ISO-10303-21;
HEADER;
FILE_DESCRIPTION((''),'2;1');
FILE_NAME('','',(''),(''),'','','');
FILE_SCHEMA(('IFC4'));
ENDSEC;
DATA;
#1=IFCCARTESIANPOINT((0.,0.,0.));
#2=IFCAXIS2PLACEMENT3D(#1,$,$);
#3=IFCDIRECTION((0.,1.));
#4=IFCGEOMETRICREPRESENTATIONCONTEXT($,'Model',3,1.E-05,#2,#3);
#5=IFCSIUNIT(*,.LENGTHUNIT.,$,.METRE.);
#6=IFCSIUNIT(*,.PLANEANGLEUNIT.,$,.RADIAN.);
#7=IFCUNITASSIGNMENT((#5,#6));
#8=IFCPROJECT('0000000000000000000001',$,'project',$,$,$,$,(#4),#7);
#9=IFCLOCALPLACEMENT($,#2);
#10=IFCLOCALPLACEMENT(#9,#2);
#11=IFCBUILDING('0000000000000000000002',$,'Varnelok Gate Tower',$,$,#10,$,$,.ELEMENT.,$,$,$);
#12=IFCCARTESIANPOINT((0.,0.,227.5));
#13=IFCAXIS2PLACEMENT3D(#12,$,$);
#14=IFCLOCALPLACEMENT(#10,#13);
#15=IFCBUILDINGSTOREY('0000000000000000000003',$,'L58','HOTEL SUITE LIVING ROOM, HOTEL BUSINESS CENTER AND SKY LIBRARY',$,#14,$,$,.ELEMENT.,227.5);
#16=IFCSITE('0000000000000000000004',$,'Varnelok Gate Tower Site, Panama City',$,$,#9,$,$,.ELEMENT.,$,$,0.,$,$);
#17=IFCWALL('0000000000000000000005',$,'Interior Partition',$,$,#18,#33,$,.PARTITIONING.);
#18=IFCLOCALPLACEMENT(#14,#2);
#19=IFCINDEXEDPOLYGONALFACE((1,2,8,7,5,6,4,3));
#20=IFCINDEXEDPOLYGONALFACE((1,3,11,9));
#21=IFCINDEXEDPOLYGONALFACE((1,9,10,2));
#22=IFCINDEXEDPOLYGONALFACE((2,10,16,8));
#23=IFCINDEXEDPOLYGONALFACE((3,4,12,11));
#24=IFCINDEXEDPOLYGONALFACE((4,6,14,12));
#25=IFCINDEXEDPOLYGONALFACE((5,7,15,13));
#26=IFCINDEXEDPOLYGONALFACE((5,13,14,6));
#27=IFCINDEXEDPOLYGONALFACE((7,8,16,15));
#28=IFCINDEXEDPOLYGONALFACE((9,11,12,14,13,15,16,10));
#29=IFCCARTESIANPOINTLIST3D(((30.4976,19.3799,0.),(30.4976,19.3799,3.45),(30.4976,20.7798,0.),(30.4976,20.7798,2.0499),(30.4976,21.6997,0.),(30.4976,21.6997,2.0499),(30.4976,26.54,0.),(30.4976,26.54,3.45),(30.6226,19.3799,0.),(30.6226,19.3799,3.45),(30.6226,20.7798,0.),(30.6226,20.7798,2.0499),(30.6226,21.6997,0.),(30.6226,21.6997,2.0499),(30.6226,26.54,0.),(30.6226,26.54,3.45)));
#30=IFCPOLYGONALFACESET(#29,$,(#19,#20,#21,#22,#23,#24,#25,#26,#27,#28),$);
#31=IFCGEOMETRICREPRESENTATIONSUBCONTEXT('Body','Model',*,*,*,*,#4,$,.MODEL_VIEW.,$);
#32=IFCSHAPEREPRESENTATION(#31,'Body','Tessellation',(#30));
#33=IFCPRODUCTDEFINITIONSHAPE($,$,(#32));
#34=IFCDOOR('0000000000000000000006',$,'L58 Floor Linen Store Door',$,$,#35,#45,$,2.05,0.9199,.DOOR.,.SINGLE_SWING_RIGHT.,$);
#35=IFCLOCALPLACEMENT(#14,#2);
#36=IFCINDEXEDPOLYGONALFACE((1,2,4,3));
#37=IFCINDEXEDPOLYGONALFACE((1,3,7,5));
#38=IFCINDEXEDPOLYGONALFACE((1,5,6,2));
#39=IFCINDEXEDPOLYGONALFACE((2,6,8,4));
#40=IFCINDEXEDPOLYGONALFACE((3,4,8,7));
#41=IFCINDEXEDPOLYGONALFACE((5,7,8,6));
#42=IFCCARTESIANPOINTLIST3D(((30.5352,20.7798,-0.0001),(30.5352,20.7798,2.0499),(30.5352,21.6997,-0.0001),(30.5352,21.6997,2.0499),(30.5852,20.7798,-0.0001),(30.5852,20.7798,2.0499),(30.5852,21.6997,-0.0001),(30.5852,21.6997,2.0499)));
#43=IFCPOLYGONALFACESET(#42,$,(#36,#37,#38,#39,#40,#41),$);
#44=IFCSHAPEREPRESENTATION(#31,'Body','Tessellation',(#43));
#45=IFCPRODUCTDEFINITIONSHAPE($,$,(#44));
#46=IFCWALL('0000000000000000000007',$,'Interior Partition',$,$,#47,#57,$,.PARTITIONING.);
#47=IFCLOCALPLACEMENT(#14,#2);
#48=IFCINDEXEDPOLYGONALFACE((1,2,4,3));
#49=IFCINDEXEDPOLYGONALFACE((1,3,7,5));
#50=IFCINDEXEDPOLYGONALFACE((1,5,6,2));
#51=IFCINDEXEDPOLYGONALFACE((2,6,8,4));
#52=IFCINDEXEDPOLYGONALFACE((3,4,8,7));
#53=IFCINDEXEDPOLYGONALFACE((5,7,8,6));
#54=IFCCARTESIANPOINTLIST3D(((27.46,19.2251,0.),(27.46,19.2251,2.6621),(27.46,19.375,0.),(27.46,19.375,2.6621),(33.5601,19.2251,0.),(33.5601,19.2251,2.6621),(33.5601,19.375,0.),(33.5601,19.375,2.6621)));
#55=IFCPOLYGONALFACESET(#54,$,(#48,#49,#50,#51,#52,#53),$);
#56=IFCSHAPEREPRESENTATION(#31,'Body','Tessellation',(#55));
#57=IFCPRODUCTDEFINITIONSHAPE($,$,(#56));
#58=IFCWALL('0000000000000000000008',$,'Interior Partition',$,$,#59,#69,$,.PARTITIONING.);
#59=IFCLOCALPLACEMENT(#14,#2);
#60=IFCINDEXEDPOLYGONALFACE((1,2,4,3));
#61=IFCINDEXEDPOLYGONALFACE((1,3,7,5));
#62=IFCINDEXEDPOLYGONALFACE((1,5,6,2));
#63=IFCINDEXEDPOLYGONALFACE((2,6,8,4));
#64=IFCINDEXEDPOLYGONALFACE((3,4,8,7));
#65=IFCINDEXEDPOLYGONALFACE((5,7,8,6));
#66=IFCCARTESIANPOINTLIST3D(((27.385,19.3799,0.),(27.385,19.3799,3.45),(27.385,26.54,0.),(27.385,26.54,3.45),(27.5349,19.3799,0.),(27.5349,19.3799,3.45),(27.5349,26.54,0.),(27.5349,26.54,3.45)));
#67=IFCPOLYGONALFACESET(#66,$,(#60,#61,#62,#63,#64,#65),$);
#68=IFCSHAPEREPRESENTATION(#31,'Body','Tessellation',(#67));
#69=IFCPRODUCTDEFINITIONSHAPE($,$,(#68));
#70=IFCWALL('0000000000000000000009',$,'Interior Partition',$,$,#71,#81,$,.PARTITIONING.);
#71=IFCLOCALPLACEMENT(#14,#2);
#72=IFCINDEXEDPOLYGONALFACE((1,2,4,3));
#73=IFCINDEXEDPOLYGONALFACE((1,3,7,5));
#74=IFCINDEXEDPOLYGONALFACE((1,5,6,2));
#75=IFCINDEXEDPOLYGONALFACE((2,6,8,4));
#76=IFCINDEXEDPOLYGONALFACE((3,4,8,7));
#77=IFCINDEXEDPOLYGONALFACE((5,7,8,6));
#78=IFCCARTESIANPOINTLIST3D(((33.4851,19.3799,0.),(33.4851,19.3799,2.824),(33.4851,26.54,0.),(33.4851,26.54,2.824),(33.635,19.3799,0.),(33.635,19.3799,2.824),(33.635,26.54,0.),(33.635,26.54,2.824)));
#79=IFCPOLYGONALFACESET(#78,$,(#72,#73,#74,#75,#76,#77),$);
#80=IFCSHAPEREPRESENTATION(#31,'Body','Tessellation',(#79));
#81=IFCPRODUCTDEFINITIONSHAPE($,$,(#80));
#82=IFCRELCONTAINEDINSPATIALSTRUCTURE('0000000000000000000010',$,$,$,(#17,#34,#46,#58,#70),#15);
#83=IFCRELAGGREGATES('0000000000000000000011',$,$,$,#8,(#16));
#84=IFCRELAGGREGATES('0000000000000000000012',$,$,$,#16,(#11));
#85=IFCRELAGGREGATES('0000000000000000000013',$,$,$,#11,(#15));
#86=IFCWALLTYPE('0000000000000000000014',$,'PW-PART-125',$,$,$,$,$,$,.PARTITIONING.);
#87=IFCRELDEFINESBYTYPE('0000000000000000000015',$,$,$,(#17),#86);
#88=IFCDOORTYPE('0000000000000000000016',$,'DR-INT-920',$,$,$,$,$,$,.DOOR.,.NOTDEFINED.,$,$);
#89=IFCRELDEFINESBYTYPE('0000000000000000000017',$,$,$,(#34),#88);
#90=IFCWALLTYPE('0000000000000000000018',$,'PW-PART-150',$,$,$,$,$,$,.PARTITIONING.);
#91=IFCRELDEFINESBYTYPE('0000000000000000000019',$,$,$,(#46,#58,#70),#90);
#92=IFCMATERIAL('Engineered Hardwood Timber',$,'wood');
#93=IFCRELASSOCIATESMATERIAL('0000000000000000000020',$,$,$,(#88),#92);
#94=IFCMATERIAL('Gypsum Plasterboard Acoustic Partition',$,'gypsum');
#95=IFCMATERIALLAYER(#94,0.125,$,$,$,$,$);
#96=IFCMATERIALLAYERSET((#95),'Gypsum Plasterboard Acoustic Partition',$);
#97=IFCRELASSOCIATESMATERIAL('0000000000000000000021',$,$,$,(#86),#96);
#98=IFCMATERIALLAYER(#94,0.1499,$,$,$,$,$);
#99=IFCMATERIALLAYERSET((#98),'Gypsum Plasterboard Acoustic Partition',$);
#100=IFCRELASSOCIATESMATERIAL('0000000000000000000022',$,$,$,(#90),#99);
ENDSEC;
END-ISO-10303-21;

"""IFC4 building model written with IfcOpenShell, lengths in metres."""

from ifc_helpers import new_model, si_unit, direction, frame, frame_2d, origin, place, context, subcontext, project, spatial, rectangle, extrude, material, layer, layer_set, type_object, element, fill, save


model = new_model("IFC4")

# Units and contexts
model_context = context("Model", 3, precision=1e-05, world=origin(), true_north=direction((0.0, 1.0)))
body_context = subcontext(model_context, "Body", "Model", "MODEL_VIEW")
ifc_project = project(units=[si_unit("LENGTHUNIT", "METRE"), si_unit("PLANEANGLEUNIT", "RADIAN")], contexts=[model_context])

# Site, building, storey
site_placement = place(None, origin())
site = spatial("IfcSite", under=ifc_project, at=site_placement, Name="Varnelok Gate Tower Site, Panama City", CompositionType="ELEMENT", RefElevation=0.0)
building_placement = place(site_placement, origin())
building = spatial("IfcBuilding", under=site, at=building_placement, Name="Varnelok Gate Tower", CompositionType="ELEMENT")
storey_placement = place(building_placement, frame((0.0, 0.0, 227.5)))
storey = spatial("IfcBuildingStorey", under=building, at=storey_placement, Name="L58", Description="HOTEL SUITE LIVING ROOM, HOTEL BUSINESS CENTER AND SKY LIBRARY", CompositionType="ELEMENT", Elevation=227.5)

# Shared definitions
ifc_material_1 = material(Name="Gypsum Plasterboard Acoustic Partition", Category="gypsum")
ifc_material_2 = material(Name="Engineered Hardwood Timber", Category="wood")
door_type_1 = type_object("IfcDoorType", Name="DR-INT-920", OperationType="NOTDEFINED", PredefinedType="DOOR", material=ifc_material_2)

# Shared definitions
ifc_layer_1 = layer(ifc_material_1, 0.125)
ifc_layer_set_1 = layer_set([ifc_layer_1], Name="Gypsum Plasterboard Acoustic Partition")
wall_type_1 = type_object("IfcWallType", Name="PW-PART-125", PredefinedType="PARTITIONING", material=ifc_layer_set_1)

# Wall, opening, door
wall_1_placement = place(storey_placement, frame((30.5601, 19.3799, 0.0), z_axis=(0.0, 0.0, 1.0), x_axis=(0.0, 1.0, 0.0)))
wall_1 = element("IfcWall", 1, at=wall_1_placement, inside=storey, type_object=wall_type_1, Name="Interior Partition", PredefinedType="PARTITIONING", context=body_context, shape_type="SweptSolid", body=[
    extrude(rectangle(XDim=7.1602, YDim=0.125, at=frame_2d((3.5801, 0.0))), origin(), (0.0, 0.0, 1.0), 3.45),
])
opening_1_placement = place(wall_1_placement, frame((1.3999, 0.0, 0.0)))
opening_1 = element("IfcOpeningElement", 2, at=opening_1_placement, cuts=wall_1, PredefinedType="OPENING", context=body_context, shape_type="SweptSolid", body=[
    extrude(rectangle(XDim=0.9199, YDim=2.05, at=frame_2d((0.46, 1.0249))), frame((0.0, 0.0725, 0.0), z_axis=(0.0, -1.0, 0.0), x_axis=(1.0, 0.0, 0.0)), (0.0, 0.0, 1.0), 0.145),
])
door_1_placement = place(opening_1_placement, origin())
door_1 = element("IfcDoor", 3, at=door_1_placement, inside=storey, type_object=door_type_1, Name="L58 Floor Linen Store Door", OperationType="SINGLE_SWING_RIGHT", OverallHeight=2.05, OverallWidth=0.9199, PredefinedType="DOOR", context=body_context, shape_type="SweptSolid", body=[
    extrude(rectangle(XDim=0.9199, YDim=2.05, at=frame_2d((0.46, 1.0249))), frame((0.0, 0.0249, 0.0), z_axis=(0.0, -1.0, 0.0), x_axis=(1.0, 0.0, 0.0)), (0.0, 0.0, 1.0), 0.05),
])
fill(opening_1, door_1)

# Walls
ifc_layer_2 = layer(ifc_material_1, 0.1499)
ifc_layer_set_2 = layer_set([ifc_layer_2], Name="Gypsum Plasterboard Acoustic Partition")
wall_type_2 = type_object("IfcWallType", Name="PW-PART-150", PredefinedType="PARTITIONING", material=ifc_layer_set_2)
wall_2_placement = place(storey_placement, frame((27.46, 19.3, 0.0), z_axis=(0.0, 0.0, 1.0), x_axis=(1.0, 0.0, 0.0)))
element("IfcWall", 4, at=wall_2_placement, inside=storey, type_object=wall_type_2, Name="Interior Partition", PredefinedType="PARTITIONING", context=body_context, shape_type="SweptSolid", body=[
    extrude(rectangle(XDim=6.1001, YDim=0.1499, at=frame_2d((3.05, 0.0))), origin(), (0.0, 0.0, 1.0), 2.6621),
])
wall_3_placement = place(storey_placement, frame((27.46, 19.3799, 0.0), z_axis=(0.0, 0.0, 1.0), x_axis=(0.0, 1.0, 0.0)))
element("IfcWall", 5, at=wall_3_placement, inside=storey, type_object=wall_type_2, Name="Interior Partition", PredefinedType="PARTITIONING", context=body_context, shape_type="SweptSolid", body=[
    extrude(rectangle(XDim=7.1602, YDim=0.1499, at=frame_2d((3.5801, 0.0))), origin(), (0.0, 0.0, 1.0), 3.45),
])
wall_4_placement = place(storey_placement, frame((33.5601, 19.3799, 0.0), z_axis=(0.0, 0.0, 1.0), x_axis=(0.0, 1.0, 0.0)))
element("IfcWall", 6, at=wall_4_placement, inside=storey, type_object=wall_type_2, Name="Interior Partition", PredefinedType="PARTITIONING", context=body_context, shape_type="SweptSolid", body=[
    extrude(rectangle(XDim=7.1602, YDim=0.1499, at=frame_2d((3.5801, 0.0))), origin(), (0.0, 0.0, 1.0), 2.824),
])

save(model, "model.ifc")
